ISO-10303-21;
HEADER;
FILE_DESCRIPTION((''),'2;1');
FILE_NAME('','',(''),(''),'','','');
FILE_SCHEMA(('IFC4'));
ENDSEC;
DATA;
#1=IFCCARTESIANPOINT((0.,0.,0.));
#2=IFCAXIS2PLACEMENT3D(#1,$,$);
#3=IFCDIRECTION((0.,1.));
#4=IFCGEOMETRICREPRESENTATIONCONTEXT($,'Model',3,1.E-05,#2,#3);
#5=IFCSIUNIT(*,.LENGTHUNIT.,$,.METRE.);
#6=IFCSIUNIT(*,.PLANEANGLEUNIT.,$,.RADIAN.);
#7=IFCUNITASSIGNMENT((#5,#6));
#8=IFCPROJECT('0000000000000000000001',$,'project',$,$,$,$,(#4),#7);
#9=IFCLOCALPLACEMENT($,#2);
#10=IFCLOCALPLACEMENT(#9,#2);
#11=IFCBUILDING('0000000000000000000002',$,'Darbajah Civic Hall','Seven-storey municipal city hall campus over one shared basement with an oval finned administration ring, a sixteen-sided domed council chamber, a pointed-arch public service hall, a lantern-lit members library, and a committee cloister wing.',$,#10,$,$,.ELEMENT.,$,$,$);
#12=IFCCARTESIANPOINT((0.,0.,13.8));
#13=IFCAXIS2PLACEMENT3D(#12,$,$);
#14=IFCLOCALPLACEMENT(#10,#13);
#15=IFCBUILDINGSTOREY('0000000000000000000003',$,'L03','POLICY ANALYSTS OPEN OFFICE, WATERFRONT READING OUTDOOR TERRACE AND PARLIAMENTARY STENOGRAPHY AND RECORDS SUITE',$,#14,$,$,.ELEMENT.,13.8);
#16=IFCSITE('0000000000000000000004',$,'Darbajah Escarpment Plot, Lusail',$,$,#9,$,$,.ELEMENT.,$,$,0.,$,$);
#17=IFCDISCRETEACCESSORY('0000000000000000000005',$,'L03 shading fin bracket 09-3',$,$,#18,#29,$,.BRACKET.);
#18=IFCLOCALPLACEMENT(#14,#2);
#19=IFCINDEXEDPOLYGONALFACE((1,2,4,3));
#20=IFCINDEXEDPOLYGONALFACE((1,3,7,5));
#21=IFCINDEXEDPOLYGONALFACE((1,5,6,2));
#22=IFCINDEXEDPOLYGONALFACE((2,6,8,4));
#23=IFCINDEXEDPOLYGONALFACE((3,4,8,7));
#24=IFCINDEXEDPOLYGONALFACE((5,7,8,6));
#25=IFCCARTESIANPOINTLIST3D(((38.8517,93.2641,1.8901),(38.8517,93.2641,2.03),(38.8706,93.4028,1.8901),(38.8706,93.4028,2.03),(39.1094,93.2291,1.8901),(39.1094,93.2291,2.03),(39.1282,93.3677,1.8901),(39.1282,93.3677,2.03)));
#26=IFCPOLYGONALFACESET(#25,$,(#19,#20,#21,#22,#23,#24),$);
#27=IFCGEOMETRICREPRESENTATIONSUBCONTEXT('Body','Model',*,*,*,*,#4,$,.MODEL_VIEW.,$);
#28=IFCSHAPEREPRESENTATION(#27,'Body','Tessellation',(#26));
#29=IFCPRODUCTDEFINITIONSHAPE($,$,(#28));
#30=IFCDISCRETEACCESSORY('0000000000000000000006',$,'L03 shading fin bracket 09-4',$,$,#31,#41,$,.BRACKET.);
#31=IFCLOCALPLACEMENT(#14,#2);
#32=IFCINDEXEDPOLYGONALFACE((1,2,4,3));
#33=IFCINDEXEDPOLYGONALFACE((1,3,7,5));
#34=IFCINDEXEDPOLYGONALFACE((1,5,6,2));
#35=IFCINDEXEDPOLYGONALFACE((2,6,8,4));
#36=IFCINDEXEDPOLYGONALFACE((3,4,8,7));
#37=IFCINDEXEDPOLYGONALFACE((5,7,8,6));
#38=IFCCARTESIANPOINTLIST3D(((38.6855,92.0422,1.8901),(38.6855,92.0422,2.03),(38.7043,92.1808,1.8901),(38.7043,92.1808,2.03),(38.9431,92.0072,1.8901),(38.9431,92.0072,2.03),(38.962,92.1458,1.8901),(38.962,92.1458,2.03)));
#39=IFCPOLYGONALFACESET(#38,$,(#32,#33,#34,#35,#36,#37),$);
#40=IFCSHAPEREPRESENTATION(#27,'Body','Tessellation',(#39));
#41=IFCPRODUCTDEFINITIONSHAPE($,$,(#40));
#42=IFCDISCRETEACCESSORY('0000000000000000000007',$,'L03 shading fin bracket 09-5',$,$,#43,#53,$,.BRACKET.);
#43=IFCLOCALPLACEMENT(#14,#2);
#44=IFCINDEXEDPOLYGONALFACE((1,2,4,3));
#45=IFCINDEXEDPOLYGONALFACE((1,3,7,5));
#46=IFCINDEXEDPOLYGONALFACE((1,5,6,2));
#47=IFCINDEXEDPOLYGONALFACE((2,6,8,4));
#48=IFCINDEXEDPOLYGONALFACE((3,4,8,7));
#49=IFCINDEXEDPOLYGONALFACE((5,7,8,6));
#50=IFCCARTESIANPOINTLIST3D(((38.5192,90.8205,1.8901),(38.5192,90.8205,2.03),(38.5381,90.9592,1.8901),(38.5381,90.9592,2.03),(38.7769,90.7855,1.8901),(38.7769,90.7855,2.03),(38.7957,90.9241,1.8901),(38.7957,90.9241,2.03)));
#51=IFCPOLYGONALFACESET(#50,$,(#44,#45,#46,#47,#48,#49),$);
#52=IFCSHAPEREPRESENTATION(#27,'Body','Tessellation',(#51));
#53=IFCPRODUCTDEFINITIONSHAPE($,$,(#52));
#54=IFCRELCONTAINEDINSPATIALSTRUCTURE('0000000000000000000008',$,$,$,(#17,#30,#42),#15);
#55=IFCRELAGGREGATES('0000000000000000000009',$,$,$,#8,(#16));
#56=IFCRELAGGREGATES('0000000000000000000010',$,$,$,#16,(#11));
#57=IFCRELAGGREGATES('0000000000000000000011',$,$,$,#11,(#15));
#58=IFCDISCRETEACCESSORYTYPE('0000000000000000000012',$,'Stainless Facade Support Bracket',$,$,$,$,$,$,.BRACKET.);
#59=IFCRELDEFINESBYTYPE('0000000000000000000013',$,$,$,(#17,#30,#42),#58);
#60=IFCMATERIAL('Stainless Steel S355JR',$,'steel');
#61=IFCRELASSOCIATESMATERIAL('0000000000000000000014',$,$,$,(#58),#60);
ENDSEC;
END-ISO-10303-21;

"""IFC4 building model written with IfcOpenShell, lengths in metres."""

from ifc_helpers import new_model, si_unit, direction, frame, origin, origin_2d, place, context, subcontext, project, spatial, rectangle, extrude, material, type_object, element, save


model = new_model("IFC4")

# Units and contexts
model_context = context("Model", 3, precision=1e-05, world=origin(), true_north=direction((0.0, 1.0)))
body_context = subcontext(model_context, "Body", "Model", "MODEL_VIEW")
ifc_project = project(units=[si_unit("LENGTHUNIT", "METRE"), si_unit("PLANEANGLEUNIT", "RADIAN")], contexts=[model_context])

# Site, building, storey
site_placement = place(None, origin())
site = spatial("IfcSite", under=ifc_project, at=site_placement, Name="Darbajah Escarpment Plot, Lusail", CompositionType="ELEMENT", RefElevation=0.0)
building_placement = place(site_placement, origin())
building = spatial("IfcBuilding", under=site, at=building_placement, Name="Darbajah Civic Hall", Description="Seven-storey municipal city hall campus over one shared basement with an oval finned administration ring, a sixteen-sided domed council chamber, a pointed-arch public service hall, a lantern-lit members library, and a committee cloister wing.", CompositionType="ELEMENT")
storey_placement = place(building_placement, frame((0.0, 0.0, 13.8)))
storey = spatial("IfcBuildingStorey", under=building, at=storey_placement, Name="L03", Description="POLICY ANALYSTS OPEN OFFICE, WATERFRONT READING OUTDOOR TERRACE AND PARLIAMENTARY STENOGRAPHY AND RECORDS SUITE", CompositionType="ELEMENT", Elevation=13.8)

# Discrete accessories
ifc_material_1 = material(Name="Stainless Steel S355JR", Category="steel")
discrete_accessory_type = type_object("IfcDiscreteAccessoryType", Name="Stainless Facade Support Bracket", PredefinedType="BRACKET", material=ifc_material_1)
for number, where, z_axis, x_axis, name in (
    (1, (38.99, 93.3159, 1.8901), (0.0, 0.0, 1.0), (-0.990866, 0.134851, 0.0), "L03 shading fin bracket 09-3"),
    (2, (38.8237, 92.094, 1.8901), (0.0, 0.0, 1.0), (-0.990866, 0.134851, 0.0), "L03 shading fin bracket 09-4"),
    (3, (38.6575, 90.8723, 1.8901), (0.0, 0.0, 1.0), (-0.990866, 0.134851, 0.0), "L03 shading fin bracket 09-5"),
):
    element("IfcDiscreteAccessory", number, at=place(storey_placement, frame(where, z_axis=z_axis, x_axis=x_axis)), inside=storey, type_object=discrete_accessory_type, Name=name, PredefinedType="BRACKET", context=body_context, shape_type="SweptSolid", body=[
        extrude(rectangle(XDim=0.26, YDim=0.1399, at=origin_2d()), origin(), (0.0, 0.0, 1.0), 0.1399),
    ])

save(model, "model.ifc")
